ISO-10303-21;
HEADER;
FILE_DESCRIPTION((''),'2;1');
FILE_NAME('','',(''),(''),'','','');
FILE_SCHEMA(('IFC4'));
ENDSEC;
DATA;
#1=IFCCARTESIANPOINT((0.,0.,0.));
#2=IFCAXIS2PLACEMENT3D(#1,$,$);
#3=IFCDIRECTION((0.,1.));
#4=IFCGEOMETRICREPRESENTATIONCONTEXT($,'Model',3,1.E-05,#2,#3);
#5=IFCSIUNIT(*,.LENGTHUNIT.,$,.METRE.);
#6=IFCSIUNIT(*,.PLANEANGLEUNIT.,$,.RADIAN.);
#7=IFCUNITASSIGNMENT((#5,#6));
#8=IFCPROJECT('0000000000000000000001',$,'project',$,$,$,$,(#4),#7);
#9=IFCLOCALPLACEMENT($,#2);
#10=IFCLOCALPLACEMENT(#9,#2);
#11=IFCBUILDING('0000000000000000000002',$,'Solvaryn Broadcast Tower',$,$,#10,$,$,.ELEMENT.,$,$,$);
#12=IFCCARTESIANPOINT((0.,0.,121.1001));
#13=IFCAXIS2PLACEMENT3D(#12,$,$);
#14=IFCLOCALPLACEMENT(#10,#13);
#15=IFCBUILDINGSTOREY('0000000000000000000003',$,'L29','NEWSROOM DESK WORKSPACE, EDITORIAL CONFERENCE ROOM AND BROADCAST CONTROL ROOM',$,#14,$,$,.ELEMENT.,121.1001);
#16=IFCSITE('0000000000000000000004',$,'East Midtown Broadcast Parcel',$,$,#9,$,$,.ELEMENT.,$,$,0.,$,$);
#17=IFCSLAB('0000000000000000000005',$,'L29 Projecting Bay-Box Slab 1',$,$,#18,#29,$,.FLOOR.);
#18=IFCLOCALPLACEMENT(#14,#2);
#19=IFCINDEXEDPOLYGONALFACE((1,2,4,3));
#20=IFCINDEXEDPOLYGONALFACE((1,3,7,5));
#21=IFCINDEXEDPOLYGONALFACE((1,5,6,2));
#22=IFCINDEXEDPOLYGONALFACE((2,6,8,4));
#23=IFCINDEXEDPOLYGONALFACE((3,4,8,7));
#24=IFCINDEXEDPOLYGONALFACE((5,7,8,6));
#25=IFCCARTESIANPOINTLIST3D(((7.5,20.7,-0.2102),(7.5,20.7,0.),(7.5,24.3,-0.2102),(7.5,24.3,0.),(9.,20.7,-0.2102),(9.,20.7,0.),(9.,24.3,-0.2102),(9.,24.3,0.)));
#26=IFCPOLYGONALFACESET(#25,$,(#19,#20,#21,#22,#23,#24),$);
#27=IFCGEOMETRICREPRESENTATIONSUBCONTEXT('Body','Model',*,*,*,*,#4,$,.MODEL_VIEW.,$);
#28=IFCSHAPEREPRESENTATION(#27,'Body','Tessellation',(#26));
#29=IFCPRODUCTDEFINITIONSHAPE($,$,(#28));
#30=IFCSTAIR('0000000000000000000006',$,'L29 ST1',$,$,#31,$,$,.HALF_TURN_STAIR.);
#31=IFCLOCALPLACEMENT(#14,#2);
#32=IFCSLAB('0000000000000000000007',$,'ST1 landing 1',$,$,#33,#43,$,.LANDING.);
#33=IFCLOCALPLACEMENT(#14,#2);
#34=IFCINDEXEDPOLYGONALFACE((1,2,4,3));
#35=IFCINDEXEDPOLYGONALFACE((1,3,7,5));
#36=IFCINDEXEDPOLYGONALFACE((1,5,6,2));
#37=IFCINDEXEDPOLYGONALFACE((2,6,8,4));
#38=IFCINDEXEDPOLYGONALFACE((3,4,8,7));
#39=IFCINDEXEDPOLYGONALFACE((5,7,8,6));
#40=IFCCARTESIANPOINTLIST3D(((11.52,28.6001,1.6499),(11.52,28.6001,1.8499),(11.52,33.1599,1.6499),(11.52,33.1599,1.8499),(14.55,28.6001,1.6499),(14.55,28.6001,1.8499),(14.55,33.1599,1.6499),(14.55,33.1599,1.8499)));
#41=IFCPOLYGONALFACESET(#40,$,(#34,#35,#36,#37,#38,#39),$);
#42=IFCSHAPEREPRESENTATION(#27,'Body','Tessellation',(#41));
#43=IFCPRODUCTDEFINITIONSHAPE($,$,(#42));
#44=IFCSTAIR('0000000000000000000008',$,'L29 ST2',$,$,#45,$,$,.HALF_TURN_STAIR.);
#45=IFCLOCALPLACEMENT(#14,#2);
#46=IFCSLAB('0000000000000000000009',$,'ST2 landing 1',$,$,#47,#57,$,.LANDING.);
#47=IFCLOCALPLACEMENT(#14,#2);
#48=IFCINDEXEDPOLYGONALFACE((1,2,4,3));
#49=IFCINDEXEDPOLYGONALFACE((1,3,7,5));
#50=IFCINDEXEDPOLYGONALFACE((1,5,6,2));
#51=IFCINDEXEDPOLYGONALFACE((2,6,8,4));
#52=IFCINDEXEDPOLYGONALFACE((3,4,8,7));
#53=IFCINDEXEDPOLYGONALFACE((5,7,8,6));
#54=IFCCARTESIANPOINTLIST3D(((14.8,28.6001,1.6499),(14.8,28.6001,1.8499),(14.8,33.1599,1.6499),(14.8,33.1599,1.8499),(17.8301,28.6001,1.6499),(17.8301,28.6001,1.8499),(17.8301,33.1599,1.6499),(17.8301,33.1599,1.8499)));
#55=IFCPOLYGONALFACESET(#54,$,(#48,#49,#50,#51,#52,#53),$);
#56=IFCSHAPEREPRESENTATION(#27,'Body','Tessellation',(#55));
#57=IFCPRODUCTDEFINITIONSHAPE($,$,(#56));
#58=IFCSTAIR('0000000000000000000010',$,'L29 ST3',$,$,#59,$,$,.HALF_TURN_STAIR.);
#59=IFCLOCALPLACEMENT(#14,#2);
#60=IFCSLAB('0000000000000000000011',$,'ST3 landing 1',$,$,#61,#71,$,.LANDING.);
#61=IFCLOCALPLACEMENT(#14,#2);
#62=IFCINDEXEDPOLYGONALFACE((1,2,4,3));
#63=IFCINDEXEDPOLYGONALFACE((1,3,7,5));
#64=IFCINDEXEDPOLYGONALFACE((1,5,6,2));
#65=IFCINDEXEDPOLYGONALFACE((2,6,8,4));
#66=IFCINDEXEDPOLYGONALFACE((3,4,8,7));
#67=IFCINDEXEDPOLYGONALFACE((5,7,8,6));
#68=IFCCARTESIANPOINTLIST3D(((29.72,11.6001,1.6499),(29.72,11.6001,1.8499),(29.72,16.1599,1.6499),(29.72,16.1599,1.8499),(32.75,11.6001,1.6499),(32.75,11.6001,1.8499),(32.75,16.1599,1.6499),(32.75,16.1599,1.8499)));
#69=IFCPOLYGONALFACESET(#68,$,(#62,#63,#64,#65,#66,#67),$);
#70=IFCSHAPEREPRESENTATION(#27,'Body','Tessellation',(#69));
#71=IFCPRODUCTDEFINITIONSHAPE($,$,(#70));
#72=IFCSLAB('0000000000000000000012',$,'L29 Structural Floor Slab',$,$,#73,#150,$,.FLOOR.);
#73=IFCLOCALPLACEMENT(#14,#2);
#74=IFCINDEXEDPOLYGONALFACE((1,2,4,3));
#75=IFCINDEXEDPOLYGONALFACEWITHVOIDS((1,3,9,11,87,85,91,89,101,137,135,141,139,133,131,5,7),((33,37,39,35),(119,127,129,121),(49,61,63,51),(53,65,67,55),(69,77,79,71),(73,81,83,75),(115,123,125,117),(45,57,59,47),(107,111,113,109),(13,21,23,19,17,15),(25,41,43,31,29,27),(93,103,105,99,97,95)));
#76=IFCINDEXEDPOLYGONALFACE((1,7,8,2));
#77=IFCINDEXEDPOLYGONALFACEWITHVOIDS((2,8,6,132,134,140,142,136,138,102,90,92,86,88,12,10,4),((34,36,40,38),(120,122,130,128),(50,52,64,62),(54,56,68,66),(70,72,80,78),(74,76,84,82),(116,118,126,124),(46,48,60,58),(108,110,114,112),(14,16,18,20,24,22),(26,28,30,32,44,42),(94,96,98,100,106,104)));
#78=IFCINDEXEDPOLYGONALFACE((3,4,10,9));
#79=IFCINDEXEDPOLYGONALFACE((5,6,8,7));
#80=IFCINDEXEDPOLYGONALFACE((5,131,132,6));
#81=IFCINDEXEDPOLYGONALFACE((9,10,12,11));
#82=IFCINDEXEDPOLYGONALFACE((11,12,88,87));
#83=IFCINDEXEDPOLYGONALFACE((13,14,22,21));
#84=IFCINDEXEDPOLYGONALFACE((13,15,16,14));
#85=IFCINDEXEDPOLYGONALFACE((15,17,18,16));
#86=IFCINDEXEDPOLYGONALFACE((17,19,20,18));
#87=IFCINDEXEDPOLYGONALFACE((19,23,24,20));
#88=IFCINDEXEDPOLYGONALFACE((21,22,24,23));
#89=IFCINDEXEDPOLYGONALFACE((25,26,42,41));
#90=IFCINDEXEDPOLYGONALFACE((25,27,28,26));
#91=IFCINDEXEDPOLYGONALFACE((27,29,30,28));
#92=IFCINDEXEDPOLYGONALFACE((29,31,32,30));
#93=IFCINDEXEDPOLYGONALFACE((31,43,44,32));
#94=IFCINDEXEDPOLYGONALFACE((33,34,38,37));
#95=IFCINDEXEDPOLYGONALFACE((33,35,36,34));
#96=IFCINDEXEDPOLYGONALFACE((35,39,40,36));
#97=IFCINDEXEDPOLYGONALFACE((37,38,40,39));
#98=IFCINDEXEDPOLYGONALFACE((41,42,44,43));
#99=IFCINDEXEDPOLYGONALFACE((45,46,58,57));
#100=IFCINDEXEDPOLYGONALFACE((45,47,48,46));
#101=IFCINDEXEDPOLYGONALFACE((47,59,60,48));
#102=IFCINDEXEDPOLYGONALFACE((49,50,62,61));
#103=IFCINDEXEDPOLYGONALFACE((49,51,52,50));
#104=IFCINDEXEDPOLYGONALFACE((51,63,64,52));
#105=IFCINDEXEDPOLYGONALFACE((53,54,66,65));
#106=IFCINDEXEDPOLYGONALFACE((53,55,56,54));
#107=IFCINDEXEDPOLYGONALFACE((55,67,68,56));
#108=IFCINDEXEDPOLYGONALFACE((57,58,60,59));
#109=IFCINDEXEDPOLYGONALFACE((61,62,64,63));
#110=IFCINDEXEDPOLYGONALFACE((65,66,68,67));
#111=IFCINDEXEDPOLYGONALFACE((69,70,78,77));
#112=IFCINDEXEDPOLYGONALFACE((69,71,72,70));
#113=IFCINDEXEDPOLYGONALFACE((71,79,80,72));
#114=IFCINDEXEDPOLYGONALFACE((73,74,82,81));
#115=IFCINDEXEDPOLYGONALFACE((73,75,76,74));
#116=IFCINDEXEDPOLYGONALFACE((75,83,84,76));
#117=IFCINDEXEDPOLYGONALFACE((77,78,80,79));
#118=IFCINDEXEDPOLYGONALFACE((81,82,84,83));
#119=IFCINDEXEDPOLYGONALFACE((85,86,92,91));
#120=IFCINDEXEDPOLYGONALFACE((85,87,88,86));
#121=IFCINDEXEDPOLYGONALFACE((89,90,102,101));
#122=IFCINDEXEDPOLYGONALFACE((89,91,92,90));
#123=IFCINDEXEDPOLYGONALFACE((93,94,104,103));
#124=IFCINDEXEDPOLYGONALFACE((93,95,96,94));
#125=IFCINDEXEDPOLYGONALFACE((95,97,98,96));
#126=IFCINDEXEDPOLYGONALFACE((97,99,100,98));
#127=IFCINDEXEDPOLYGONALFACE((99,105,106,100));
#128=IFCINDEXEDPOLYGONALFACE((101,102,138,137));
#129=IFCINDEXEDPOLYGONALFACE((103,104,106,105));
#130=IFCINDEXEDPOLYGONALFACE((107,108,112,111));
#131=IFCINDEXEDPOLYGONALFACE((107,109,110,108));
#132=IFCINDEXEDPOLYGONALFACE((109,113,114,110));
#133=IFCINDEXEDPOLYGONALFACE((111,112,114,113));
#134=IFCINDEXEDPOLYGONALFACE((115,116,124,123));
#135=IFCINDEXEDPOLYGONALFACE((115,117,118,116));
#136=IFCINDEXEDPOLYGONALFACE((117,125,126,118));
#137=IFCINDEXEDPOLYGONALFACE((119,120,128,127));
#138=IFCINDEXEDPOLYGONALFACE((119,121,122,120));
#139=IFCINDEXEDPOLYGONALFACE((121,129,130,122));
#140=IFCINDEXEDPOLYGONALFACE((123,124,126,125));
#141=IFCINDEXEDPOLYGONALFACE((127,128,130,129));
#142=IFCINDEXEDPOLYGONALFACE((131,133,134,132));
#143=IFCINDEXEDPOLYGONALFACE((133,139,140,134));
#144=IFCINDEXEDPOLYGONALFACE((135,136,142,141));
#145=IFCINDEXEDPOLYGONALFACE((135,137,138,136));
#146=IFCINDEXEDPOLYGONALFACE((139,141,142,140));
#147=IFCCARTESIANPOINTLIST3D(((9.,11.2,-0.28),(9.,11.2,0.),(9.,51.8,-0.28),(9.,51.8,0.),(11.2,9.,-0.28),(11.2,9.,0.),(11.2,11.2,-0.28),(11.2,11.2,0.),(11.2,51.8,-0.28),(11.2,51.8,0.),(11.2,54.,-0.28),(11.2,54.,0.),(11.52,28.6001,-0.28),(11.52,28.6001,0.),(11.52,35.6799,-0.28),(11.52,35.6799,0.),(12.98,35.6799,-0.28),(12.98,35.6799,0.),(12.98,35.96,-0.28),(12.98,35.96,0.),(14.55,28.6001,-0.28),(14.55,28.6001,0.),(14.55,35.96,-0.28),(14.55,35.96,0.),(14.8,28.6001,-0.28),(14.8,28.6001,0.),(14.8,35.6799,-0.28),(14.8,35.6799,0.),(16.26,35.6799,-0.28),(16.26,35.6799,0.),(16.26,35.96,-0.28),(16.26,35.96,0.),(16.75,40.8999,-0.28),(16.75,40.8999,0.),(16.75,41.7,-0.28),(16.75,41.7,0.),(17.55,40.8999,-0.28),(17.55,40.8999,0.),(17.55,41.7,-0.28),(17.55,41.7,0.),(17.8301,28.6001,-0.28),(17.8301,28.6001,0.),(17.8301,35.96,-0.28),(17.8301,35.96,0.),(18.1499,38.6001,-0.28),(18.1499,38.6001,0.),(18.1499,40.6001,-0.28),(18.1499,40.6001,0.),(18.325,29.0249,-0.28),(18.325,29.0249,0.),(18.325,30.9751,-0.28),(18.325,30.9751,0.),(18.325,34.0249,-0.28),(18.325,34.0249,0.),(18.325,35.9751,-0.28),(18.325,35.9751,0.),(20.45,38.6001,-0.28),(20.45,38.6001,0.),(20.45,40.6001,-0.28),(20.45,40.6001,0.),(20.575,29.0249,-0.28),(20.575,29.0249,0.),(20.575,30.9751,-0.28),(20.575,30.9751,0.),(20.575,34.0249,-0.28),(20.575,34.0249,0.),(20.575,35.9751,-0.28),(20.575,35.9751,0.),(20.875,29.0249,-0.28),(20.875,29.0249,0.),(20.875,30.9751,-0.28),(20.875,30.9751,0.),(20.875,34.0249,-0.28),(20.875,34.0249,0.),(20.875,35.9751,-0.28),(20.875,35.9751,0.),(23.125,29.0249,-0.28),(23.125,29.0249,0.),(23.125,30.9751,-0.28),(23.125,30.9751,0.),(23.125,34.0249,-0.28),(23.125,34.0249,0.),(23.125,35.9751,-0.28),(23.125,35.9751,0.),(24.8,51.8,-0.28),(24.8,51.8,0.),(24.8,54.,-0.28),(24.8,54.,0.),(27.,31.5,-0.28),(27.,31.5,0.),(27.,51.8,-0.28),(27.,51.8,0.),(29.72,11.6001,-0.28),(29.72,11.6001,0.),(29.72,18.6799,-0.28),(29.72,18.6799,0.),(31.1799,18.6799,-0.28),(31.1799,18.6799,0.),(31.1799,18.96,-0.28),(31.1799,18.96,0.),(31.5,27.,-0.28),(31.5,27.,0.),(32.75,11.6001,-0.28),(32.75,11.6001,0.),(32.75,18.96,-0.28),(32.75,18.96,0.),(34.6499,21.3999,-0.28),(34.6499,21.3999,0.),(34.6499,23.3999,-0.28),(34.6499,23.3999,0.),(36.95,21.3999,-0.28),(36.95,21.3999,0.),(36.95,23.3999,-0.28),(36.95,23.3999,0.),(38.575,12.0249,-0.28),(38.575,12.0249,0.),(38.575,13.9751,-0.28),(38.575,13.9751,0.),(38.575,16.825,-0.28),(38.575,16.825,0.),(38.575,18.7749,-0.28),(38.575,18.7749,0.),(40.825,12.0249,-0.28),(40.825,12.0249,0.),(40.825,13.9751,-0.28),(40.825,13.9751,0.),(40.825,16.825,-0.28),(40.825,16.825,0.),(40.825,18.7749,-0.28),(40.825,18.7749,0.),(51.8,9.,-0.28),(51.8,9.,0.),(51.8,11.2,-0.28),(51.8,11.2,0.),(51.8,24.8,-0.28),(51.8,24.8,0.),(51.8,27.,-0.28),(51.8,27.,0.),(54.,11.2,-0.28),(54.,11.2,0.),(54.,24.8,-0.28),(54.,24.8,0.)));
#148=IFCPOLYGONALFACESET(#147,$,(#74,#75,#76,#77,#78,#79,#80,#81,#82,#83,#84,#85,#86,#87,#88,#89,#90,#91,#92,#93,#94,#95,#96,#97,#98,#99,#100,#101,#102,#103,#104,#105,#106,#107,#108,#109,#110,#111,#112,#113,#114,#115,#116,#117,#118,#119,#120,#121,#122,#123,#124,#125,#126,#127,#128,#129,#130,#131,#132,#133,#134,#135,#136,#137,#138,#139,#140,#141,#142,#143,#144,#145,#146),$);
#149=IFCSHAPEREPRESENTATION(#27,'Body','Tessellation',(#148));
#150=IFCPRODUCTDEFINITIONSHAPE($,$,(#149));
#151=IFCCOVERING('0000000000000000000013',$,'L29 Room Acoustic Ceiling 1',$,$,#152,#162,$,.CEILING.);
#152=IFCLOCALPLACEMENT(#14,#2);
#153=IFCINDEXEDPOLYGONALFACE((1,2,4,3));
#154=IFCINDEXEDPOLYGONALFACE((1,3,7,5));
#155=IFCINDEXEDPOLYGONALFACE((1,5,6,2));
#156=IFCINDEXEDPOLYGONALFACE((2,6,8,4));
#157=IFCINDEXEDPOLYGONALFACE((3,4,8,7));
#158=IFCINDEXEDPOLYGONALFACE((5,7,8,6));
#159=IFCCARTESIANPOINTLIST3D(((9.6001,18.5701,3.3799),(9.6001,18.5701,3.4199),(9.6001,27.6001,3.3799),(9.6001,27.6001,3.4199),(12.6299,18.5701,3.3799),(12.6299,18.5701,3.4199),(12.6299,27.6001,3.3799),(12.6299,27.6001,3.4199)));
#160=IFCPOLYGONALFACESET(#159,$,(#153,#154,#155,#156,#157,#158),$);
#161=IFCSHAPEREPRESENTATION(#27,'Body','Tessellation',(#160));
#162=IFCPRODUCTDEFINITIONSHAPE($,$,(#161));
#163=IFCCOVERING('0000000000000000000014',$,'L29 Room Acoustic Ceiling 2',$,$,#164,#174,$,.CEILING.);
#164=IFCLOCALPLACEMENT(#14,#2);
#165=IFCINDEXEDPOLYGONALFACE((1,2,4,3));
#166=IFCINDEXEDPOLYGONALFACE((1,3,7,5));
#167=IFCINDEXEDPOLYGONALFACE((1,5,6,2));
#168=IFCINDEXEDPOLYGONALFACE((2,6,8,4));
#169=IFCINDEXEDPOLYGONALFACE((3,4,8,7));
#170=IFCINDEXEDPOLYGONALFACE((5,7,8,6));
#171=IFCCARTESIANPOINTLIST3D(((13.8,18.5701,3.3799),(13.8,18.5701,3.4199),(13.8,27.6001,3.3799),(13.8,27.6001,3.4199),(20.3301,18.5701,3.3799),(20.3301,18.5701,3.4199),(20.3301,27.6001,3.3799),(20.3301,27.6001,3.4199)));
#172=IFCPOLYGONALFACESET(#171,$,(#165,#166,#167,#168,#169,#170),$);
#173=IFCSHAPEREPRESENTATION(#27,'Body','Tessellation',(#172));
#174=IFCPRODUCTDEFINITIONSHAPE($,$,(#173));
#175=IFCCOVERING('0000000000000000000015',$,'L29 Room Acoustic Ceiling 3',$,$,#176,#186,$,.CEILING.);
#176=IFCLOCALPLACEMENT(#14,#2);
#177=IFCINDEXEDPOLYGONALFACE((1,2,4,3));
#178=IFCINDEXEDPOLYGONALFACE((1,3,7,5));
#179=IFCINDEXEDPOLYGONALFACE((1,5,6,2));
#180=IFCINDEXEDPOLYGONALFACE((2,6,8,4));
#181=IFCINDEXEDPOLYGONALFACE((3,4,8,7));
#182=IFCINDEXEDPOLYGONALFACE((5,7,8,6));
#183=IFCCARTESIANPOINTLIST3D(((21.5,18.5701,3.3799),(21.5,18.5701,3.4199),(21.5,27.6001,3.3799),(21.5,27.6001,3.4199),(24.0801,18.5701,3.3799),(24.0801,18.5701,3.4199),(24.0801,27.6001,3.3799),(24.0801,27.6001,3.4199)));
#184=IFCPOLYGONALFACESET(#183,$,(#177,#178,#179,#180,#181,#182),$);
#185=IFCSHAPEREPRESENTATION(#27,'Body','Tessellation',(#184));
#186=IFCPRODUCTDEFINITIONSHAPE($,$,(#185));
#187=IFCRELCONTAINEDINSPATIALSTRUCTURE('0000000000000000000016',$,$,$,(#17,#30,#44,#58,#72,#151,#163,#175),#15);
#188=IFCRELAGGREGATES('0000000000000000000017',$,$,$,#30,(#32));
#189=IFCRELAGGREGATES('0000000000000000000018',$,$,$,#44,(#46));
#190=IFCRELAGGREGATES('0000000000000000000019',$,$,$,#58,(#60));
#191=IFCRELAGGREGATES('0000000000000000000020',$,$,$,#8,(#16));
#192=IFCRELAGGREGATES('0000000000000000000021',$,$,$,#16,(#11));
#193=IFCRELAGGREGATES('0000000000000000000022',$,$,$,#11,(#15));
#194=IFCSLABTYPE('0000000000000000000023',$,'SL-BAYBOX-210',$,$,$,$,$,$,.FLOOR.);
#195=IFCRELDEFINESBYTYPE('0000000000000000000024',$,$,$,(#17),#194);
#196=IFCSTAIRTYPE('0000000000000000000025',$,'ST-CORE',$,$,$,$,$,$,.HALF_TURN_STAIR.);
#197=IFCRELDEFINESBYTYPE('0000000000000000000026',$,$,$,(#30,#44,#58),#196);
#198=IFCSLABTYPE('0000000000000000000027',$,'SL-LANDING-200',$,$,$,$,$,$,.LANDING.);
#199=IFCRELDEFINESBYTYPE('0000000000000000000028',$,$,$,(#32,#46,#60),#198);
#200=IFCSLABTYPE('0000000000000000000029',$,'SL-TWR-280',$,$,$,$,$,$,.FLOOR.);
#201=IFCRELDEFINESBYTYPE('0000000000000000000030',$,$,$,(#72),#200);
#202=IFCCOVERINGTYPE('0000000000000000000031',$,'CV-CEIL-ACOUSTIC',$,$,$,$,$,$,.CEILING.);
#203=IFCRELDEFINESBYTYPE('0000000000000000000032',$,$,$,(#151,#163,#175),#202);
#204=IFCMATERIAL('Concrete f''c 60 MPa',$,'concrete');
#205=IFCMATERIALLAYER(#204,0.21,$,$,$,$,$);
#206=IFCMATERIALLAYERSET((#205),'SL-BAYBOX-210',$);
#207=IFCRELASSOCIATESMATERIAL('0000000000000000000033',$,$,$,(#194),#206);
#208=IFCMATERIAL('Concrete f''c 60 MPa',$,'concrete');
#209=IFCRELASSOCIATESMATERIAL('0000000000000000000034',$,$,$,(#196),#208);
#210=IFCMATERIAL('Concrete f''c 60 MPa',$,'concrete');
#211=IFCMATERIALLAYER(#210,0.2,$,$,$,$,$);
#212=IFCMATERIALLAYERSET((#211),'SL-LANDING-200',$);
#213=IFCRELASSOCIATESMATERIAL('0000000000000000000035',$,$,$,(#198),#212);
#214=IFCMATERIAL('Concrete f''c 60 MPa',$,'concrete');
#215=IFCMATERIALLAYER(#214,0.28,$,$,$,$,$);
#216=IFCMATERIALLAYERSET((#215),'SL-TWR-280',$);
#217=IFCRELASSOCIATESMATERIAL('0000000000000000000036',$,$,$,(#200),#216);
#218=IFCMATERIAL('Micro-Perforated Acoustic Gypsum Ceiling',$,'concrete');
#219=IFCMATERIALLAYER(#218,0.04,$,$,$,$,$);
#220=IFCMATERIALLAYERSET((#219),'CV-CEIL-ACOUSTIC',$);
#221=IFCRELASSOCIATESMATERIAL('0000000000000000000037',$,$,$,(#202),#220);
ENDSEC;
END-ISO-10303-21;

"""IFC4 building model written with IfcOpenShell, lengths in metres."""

from ifc_helpers import new_model, si_unit, direction, frame, origin, place, context, subcontext, project, spatial, polyline, outline, extrude, material, layer, layer_set, type_object, element, aggregate, save


model = new_model("IFC4")

# Units and contexts
model_context = context("Model", 3, precision=1e-05, world=origin(), true_north=direction((0.0, 1.0)))
body_context = subcontext(model_context, "Body", "Model", "MODEL_VIEW")
ifc_project = project(units=[si_unit("LENGTHUNIT", "METRE"), si_unit("PLANEANGLEUNIT", "RADIAN")], contexts=[model_context])

# Site, building, storey
site_placement = place(None, origin())
site = spatial("IfcSite", under=ifc_project, at=site_placement, Name="East Midtown Broadcast Parcel", CompositionType="ELEMENT", RefElevation=0.0)
building_placement = place(site_placement, origin())
building = spatial("IfcBuilding", under=site, at=building_placement, Name="Solvaryn Broadcast Tower", CompositionType="ELEMENT")
storey_placement = place(building_placement, frame((0.0, 0.0, 121.1001)))
storey = spatial("IfcBuildingStorey", under=building, at=storey_placement, Name="L29", Description="NEWSROOM DESK WORKSPACE, EDITORIAL CONFERENCE ROOM AND BROADCAST CONTROL ROOM", CompositionType="ELEMENT", Elevation=121.1001)

# Slab
ifc_material_1 = material(Name="Concrete f'c 60 MPa", Category="concrete")
ifc_layer_1 = layer(ifc_material_1, 0.21)
ifc_layer_set_1 = layer_set([ifc_layer_1], Name="SL-BAYBOX-210")
slab_type_1 = type_object("IfcSlabType", Name="SL-BAYBOX-210", PredefinedType="FLOOR", material=ifc_layer_set_1)
slab_1_placement = place(storey_placement, frame((0.0, 0.0, -0.2102)))
element("IfcSlab", 1, at=slab_1_placement, inside=storey, type_object=slab_type_1, Name="L29 Projecting Bay-Box Slab 1", PredefinedType="FLOOR", context=body_context, shape_type="SweptSolid", body=[
    extrude(outline(polyline([(7.5, 20.7), (9.0, 20.7), (9.0, 24.3), (7.5, 24.3), (7.5, 20.7)])), origin(), (0.0, 0.0, 1.0), 0.2102),
])

# Stairs, slabs
ifc_material_2 = material(Name="Concrete f'c 60 MPa", Category="concrete")
stair_type = type_object("IfcStairType", Name="ST-CORE", PredefinedType="HALF_TURN_STAIR", material=ifc_material_2)
stair_1_placement = place(storey_placement, origin())
stair_1 = element("IfcStair", 2, at=stair_1_placement, inside=storey, type_object=stair_type, Name="L29 ST1", PredefinedType="HALF_TURN_STAIR")
ifc_material_3 = material(Name="Concrete f'c 60 MPa", Category="concrete")
ifc_layer_2 = layer(ifc_material_3, 0.2)
ifc_layer_set_2 = layer_set([ifc_layer_2], Name="SL-LANDING-200")
slab_type_2 = type_object("IfcSlabType", Name="SL-LANDING-200", PredefinedType="LANDING", material=ifc_layer_set_2)
slab_2_placement = place(storey_placement, frame((0.0, 0.0, 1.6499)))
slab_2 = element("IfcSlab", 3, at=slab_2_placement, type_object=slab_type_2, Name="ST1 landing 1", PredefinedType="LANDING", context=body_context, shape_type="SweptSolid", body=[
    extrude(outline(polyline([(11.52, 33.1599), (11.52, 28.6001), (14.55, 28.6001), (14.55, 33.1599), (11.52, 33.1599)])), origin(), (0.0, 0.0, 1.0), 0.2),
])
aggregate(stair_1, [slab_2])
stair_2_placement = place(storey_placement, origin())
stair_2 = element("IfcStair", 4, at=stair_2_placement, inside=storey, type_object=stair_type, Name="L29 ST2", PredefinedType="HALF_TURN_STAIR")
slab_3_placement = place(storey_placement, frame((0.0, 0.0, 1.6499)))
slab_3 = element("IfcSlab", 5, at=slab_3_placement, type_object=slab_type_2, Name="ST2 landing 1", PredefinedType="LANDING", context=body_context, shape_type="SweptSolid", body=[
    extrude(outline(polyline([(14.8, 33.1599), (14.8, 28.6001), (17.8301, 28.6001), (17.8301, 33.1599), (14.8, 33.1599)])), origin(), (0.0, 0.0, 1.0), 0.2),
])
aggregate(stair_2, [slab_3])
stair_3_placement = place(storey_placement, origin())
stair_3 = element("IfcStair", 6, at=stair_3_placement, inside=storey, type_object=stair_type, Name="L29 ST3", PredefinedType="HALF_TURN_STAIR")
slab_4_placement = place(storey_placement, frame((0.0, 0.0, 1.6499)))
slab_4 = element("IfcSlab", 7, at=slab_4_placement, type_object=slab_type_2, Name="ST3 landing 1", PredefinedType="LANDING", context=body_context, shape_type="SweptSolid", body=[
    extrude(outline(polyline([(29.72, 16.1599), (29.72, 11.6001), (32.75, 11.6001), (32.75, 16.1599), (29.72, 16.1599)])), origin(), (0.0, 0.0, 1.0), 0.2),
])
aggregate(stair_3, [slab_4])

# Slab
ifc_material_4 = material(Name="Concrete f'c 60 MPa", Category="concrete")
ifc_layer_3 = layer(ifc_material_4, 0.28)
ifc_layer_set_3 = layer_set([ifc_layer_3], Name="SL-TWR-280")
slab_type_3 = type_object("IfcSlabType", Name="SL-TWR-280", PredefinedType="FLOOR", material=ifc_layer_set_3)
slab_5_placement = place(storey_placement, frame((0.0, 0.0, -0.28)))
element("IfcSlab", 8, at=slab_5_placement, inside=storey, type_object=slab_type_3, Name="L29 Structural Floor Slab", PredefinedType="FLOOR", context=body_context, shape_type="SweptSolid", body=[
    extrude(outline(polyline([(11.2, 9.0), (51.8, 9.0), (51.8, 11.2), (54.0, 11.2), (54.0, 24.8), (51.8, 24.8), (51.8, 27.0), (31.5, 27.0), (27.0, 31.5), (27.0, 51.8), (24.8, 51.8), (24.8, 54.0), (11.2, 54.0), (11.2, 51.8), (9.0, 51.8), (9.0, 11.2), (11.2, 11.2), (11.2, 9.0)]), holes=[polyline([(11.52, 28.6001), (14.55, 28.6001), (14.55, 35.96), (12.98, 35.96), (12.98, 35.6799), (11.52, 35.6799), (11.52, 28.6001)]), polyline([(14.8, 28.6001), (17.8301, 28.6001), (17.8301, 35.96), (16.26, 35.96), (16.26, 35.6799), (14.8, 35.6799), (14.8, 28.6001)]), polyline([(29.72, 11.6001), (32.75, 11.6001), (32.75, 18.96), (31.1799, 18.96), (31.1799, 18.6799), (29.72, 18.6799), (29.72, 11.6001)]), polyline([(18.1499, 38.6001), (20.45, 38.6001), (20.45, 40.6001), (18.1499, 40.6001), (18.1499, 38.6001)]), polyline([(18.325, 29.0249), (20.575, 29.0249), (20.575, 30.9751), (18.325, 30.9751), (18.325, 29.0249)]), polyline([(20.875, 29.0249), (23.125, 29.0249), (23.125, 30.9751), (20.875, 30.9751), (20.875, 29.0249)]), polyline([(18.325, 34.0249), (20.575, 34.0249), (20.575, 35.9751), (18.325, 35.9751), (18.325, 34.0249)]), polyline([(20.875, 34.0249), (23.125, 34.0249), (23.125, 35.9751), (20.875, 35.9751), (20.875, 34.0249)]), polyline([(34.6499, 21.3999), (36.95, 21.3999), (36.95, 23.3999), (34.6499, 23.3999), (34.6499, 21.3999)]), polyline([(38.575, 12.0249), (40.825, 12.0249), (40.825, 13.9751), (38.575, 13.9751), (38.575, 12.0249)]), polyline([(38.575, 16.825), (40.825, 16.825), (40.825, 18.7749), (38.575, 18.7749), (38.575, 16.825)]), polyline([(16.75, 40.8999), (17.55, 40.8999), (17.55, 41.7), (16.75, 41.7), (16.75, 40.8999)])]), origin(), (0.0, 0.0, 1.0), 0.28),
])

# Coverings
ifc_material_5 = material(Name="Micro-Perforated Acoustic Gypsum Ceiling", Category="concrete")
ifc_layer_4 = layer(ifc_material_5, 0.04)
ifc_layer_set_4 = layer_set([ifc_layer_4], Name="CV-CEIL-ACOUSTIC")
covering_type_1 = type_object("IfcCoveringType", Name="CV-CEIL-ACOUSTIC", PredefinedType="CEILING", material=ifc_layer_set_4)
covering_1_placement = place(storey_placement, frame((0.0, 0.0, 3.3799)))
element("IfcCovering", 9, at=covering_1_placement, inside=storey, type_object=covering_type_1, Name="L29 Room Acoustic Ceiling 1", PredefinedType="CEILING", context=body_context, shape_type="SweptSolid", body=[
    extrude(outline(polyline([(9.6001, 18.5701), (12.6299, 18.5701), (12.6299, 27.6001), (9.6001, 27.6001), (9.6001, 18.5701)])), origin(), (0.0, 0.0, 1.0), 0.04),
])
covering_2_placement = place(storey_placement, frame((0.0, 0.0, 3.3799)))
element("IfcCovering", 10, at=covering_2_placement, inside=storey, type_object=covering_type_1, Name="L29 Room Acoustic Ceiling 2", PredefinedType="CEILING", context=body_context, shape_type="SweptSolid", body=[
    extrude(outline(polyline([(13.8, 18.5701), (20.3301, 18.5701), (20.3301, 27.6001), (13.8, 27.6001), (13.8, 18.5701)])), origin(), (0.0, 0.0, 1.0), 0.04),
])
covering_3_placement = place(storey_placement, frame((0.0, 0.0, 3.3799)))
element("IfcCovering", 11, at=covering_3_placement, inside=storey, type_object=covering_type_1, Name="L29 Room Acoustic Ceiling 3", PredefinedType="CEILING", context=body_context, shape_type="SweptSolid", body=[
    extrude(outline(polyline([(21.5, 18.5701), (24.0801, 18.5701), (24.0801, 27.6001), (21.5, 27.6001), (21.5, 18.5701)])), origin(), (0.0, 0.0, 1.0), 0.04),
])

save(model, "model.ifc")
